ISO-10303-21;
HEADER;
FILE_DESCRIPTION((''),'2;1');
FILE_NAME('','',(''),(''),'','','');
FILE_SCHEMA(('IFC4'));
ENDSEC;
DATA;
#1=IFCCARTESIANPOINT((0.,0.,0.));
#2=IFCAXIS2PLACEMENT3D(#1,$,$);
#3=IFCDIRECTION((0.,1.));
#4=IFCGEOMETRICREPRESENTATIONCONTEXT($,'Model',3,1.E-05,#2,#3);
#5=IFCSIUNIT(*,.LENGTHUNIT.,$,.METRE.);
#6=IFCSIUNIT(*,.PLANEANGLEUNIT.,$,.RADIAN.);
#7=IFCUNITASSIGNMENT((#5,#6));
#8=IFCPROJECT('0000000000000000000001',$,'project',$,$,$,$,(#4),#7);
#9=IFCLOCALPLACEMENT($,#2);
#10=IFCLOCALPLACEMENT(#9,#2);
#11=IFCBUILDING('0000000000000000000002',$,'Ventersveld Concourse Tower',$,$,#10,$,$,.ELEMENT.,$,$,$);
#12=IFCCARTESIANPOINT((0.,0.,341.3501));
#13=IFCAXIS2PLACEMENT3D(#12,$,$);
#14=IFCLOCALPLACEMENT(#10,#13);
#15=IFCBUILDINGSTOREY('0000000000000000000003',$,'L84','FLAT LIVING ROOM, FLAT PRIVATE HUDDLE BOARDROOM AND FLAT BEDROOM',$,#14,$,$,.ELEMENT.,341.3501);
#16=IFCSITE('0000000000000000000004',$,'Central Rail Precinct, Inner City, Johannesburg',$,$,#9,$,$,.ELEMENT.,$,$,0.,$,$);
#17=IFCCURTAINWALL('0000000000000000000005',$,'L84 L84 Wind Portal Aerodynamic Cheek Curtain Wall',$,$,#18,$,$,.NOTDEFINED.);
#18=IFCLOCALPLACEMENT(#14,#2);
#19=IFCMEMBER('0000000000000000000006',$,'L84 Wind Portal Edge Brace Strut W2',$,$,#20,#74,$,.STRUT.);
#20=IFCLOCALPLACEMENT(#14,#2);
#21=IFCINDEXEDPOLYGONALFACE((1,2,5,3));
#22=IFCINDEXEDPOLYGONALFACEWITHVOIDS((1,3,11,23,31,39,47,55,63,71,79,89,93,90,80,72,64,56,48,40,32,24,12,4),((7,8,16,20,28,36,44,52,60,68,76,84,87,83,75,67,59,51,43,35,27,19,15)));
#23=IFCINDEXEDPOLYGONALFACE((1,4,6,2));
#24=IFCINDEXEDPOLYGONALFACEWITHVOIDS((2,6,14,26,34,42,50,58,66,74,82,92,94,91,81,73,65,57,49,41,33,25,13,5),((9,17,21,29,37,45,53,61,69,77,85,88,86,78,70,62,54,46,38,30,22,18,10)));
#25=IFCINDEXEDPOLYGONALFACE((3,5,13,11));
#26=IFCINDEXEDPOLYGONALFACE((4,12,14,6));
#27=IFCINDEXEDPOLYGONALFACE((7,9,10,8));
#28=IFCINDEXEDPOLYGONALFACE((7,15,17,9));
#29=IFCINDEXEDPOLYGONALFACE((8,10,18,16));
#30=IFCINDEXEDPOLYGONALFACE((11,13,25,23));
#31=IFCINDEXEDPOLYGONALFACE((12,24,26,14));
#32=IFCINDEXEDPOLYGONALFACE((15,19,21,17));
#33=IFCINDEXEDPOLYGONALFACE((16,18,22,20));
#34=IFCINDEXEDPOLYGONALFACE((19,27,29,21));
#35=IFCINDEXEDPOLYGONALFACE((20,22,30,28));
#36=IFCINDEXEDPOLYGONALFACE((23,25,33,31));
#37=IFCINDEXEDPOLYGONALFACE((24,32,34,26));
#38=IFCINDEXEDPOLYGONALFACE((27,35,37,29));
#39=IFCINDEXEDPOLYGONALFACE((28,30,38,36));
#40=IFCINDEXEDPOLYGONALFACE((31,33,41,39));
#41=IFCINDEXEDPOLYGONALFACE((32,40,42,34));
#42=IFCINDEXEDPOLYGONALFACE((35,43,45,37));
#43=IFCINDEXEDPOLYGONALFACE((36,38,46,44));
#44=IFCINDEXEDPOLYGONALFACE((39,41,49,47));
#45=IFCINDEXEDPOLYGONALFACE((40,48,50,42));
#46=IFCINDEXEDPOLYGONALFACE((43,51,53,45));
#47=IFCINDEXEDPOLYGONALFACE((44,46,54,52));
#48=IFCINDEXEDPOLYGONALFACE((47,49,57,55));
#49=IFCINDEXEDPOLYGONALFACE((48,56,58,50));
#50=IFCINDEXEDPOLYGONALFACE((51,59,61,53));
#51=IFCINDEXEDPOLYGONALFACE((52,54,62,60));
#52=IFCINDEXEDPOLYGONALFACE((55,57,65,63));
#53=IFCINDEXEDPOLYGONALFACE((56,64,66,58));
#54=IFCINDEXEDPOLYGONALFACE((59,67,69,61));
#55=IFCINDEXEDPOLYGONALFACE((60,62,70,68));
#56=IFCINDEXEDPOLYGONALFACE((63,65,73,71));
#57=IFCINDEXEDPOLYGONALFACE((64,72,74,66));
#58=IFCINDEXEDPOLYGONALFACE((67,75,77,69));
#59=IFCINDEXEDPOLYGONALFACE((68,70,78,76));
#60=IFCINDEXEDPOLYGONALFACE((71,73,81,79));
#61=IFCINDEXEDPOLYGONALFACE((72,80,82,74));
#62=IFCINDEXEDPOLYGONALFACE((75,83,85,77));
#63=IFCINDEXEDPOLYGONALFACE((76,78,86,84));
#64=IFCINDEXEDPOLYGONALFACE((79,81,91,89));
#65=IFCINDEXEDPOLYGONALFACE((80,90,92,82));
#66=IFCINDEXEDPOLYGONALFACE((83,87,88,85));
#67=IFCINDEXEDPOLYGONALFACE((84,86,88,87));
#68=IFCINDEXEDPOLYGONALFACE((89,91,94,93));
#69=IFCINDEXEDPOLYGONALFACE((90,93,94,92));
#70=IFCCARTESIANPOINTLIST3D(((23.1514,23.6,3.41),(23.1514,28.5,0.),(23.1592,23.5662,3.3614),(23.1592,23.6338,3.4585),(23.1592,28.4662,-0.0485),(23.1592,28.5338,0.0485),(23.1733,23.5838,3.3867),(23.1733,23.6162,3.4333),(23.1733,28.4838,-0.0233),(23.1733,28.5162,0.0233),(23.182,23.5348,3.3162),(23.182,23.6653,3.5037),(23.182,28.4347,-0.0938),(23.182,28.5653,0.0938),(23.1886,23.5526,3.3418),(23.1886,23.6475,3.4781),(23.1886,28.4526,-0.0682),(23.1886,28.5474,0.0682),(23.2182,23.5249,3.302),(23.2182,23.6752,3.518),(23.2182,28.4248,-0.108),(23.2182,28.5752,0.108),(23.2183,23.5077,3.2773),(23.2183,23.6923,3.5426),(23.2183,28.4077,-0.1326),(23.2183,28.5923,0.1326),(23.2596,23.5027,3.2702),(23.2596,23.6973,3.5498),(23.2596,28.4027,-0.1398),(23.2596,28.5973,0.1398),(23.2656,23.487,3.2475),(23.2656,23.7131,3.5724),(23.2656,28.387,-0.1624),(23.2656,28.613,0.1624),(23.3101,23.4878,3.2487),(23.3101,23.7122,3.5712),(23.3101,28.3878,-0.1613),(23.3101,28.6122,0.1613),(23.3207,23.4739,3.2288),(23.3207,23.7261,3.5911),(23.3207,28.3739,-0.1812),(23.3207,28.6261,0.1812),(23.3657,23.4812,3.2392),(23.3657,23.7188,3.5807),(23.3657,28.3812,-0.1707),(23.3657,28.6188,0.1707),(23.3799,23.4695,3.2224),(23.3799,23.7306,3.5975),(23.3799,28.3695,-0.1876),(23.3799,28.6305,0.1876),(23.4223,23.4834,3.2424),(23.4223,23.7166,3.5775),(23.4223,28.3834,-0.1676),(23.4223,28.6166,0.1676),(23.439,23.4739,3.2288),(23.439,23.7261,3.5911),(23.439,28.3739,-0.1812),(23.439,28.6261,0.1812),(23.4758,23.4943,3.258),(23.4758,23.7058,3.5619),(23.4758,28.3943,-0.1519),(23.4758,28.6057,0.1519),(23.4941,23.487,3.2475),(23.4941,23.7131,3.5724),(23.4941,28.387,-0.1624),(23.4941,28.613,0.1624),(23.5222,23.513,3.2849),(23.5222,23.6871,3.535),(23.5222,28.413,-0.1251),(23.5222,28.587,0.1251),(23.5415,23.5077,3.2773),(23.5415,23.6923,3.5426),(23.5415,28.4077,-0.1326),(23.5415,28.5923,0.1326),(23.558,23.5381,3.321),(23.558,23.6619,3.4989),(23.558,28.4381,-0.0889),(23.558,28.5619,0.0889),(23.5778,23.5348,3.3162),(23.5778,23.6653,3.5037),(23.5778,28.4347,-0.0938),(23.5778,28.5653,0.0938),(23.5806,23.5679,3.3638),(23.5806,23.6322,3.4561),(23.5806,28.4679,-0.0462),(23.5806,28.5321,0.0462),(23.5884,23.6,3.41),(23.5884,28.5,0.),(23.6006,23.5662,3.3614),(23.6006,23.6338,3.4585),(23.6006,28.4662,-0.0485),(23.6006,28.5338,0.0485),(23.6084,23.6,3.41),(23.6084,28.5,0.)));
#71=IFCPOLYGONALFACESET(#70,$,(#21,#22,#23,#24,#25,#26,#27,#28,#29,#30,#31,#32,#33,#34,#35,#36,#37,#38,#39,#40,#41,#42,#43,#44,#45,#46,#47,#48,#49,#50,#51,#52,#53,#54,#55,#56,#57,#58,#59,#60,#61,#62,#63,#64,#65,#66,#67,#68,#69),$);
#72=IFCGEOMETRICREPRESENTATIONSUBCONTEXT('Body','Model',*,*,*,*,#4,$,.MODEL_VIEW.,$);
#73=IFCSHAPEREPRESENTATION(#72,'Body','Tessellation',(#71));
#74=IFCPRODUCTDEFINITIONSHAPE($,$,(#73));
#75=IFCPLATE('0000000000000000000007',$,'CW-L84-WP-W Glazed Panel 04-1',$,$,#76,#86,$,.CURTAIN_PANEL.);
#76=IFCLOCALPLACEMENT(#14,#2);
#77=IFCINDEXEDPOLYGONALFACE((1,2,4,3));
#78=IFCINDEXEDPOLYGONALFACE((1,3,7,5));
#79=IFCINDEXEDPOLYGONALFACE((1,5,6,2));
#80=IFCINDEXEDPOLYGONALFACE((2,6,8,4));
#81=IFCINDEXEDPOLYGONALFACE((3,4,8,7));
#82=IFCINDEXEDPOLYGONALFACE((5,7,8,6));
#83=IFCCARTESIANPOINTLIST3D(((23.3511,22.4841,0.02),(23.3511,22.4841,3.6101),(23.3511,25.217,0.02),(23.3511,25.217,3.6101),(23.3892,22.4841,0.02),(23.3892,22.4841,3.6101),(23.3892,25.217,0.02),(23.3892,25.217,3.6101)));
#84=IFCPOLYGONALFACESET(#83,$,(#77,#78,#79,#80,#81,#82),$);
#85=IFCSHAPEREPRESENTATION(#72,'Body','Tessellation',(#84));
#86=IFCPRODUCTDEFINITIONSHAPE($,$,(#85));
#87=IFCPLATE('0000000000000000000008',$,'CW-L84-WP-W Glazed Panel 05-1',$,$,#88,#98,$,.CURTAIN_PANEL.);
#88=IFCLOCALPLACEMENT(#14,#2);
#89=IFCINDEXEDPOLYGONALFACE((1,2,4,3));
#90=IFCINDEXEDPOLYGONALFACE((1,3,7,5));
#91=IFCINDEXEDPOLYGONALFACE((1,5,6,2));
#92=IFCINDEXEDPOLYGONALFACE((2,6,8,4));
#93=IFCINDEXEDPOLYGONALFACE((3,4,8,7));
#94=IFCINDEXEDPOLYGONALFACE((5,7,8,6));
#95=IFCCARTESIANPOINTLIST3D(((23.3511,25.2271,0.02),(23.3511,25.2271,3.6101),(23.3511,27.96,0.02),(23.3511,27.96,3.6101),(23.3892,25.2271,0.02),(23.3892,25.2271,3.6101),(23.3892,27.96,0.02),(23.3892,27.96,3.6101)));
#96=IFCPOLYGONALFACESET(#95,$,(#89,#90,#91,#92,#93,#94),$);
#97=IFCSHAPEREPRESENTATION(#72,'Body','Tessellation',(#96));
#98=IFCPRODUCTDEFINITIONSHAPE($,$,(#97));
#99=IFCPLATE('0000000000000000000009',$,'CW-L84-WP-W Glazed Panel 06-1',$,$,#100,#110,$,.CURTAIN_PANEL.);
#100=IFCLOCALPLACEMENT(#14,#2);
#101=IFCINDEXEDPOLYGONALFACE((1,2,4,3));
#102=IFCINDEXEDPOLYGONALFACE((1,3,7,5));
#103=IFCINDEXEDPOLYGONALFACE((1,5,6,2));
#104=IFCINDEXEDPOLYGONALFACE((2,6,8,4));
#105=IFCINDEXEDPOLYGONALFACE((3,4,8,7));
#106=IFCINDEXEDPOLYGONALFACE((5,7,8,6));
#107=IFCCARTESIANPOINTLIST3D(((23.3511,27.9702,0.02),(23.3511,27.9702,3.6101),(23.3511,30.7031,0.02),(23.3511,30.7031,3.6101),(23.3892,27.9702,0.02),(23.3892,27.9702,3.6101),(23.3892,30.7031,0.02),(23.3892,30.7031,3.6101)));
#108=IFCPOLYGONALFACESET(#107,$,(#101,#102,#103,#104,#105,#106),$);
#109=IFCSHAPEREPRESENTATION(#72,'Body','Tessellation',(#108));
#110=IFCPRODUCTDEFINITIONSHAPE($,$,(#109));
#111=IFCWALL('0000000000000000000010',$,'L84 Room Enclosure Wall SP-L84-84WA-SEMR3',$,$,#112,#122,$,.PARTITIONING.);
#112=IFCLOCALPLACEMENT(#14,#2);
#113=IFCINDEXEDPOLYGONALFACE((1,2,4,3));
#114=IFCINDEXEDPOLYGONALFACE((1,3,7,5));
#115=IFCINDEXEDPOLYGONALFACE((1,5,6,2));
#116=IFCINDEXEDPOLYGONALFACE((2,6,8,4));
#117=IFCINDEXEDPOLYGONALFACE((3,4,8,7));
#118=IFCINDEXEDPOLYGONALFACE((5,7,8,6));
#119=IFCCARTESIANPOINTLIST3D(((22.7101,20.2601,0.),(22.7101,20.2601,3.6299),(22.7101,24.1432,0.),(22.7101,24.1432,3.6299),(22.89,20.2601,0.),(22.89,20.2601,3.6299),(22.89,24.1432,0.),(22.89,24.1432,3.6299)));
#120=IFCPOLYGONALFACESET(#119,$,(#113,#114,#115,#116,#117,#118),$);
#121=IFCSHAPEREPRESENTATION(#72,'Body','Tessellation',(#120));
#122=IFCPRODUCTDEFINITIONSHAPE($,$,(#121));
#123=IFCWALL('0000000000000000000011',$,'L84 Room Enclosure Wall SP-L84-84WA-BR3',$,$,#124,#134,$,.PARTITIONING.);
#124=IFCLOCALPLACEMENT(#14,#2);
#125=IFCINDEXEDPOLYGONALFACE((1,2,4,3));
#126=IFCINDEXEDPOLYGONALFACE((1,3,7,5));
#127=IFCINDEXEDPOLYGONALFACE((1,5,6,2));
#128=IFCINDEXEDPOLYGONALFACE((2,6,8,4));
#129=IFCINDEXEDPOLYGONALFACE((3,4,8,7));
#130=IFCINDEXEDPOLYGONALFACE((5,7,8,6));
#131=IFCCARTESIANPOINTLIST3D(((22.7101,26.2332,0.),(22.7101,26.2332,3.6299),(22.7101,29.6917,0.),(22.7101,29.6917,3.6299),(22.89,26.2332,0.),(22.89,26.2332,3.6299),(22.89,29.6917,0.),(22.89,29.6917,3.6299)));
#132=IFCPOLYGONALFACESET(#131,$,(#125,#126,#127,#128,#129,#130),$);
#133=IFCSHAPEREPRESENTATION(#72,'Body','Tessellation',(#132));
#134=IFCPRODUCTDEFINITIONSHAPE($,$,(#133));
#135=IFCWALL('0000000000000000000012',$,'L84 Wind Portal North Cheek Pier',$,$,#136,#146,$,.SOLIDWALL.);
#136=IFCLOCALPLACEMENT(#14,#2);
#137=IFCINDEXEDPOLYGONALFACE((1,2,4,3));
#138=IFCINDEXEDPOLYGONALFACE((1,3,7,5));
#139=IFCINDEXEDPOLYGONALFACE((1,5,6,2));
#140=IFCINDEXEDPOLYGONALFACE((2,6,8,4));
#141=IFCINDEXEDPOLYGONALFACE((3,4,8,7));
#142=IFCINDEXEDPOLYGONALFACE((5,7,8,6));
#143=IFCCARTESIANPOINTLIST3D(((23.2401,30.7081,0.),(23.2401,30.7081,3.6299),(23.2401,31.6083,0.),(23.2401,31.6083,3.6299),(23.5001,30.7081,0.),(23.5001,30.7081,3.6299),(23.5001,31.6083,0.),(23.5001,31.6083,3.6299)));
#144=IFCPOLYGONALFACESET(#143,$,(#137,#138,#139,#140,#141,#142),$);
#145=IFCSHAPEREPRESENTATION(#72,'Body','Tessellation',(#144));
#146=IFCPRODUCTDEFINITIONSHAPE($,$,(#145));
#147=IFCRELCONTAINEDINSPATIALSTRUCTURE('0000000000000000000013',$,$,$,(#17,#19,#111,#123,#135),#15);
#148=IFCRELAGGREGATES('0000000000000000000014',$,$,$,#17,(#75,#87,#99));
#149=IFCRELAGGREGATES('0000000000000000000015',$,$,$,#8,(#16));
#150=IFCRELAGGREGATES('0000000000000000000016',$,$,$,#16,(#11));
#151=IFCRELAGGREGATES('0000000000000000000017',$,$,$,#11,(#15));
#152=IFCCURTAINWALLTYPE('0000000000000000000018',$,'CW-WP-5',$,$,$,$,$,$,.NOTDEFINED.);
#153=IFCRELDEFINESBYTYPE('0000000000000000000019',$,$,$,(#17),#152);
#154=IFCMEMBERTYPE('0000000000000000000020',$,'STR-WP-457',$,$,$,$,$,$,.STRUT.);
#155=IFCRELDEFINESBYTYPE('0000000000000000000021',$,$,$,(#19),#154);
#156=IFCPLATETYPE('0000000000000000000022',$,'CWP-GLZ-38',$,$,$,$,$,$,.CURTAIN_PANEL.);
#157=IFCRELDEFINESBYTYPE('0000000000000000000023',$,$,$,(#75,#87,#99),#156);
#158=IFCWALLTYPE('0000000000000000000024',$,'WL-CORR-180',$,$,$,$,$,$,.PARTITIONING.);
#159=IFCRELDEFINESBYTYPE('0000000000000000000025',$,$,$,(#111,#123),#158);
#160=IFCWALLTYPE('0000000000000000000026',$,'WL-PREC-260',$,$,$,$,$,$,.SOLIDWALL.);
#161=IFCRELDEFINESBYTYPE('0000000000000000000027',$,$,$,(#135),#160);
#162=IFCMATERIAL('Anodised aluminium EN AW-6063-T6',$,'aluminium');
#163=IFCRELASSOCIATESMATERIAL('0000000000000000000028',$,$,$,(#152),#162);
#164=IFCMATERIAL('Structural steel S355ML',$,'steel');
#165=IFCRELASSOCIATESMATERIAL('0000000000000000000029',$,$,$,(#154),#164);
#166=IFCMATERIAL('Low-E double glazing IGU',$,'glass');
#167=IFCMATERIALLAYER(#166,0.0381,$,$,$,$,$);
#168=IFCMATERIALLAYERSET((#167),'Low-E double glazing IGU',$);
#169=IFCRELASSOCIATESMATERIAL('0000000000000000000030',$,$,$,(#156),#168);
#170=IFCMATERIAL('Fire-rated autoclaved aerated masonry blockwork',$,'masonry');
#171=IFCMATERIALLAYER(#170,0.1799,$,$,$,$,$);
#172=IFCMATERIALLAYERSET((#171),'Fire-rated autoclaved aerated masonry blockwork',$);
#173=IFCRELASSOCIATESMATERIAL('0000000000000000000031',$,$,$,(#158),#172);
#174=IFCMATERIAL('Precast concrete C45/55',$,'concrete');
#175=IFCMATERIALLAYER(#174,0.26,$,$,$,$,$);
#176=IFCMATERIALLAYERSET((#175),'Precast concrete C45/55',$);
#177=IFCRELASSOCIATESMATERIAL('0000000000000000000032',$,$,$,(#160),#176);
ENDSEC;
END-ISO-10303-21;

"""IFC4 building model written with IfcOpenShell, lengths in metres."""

from ifc_helpers import new_model, si_unit, direction, frame, frame_2d, origin, origin_2d, place, context, subcontext, project, spatial, rectangle, hollow_circle, extrude, material, layer, layer_set, material_profile, profile_set, type_object, element, aggregate, save


model = new_model("IFC4")

# Units and contexts
model_context = context("Model", 3, precision=1e-05, world=origin(), true_north=direction((0.0, 1.0)))
body_context = subcontext(model_context, "Body", "Model", "MODEL_VIEW")
ifc_project = project(units=[si_unit("LENGTHUNIT", "METRE"), si_unit("PLANEANGLEUNIT", "RADIAN")], contexts=[model_context])

# Site, building, storey
site_placement = place(None, origin())
site = spatial("IfcSite", under=ifc_project, at=site_placement, Name="Central Rail Precinct, Inner City, Johannesburg", CompositionType="ELEMENT", RefElevation=0.0)
building_placement = place(site_placement, origin())
building = spatial("IfcBuilding", under=site, at=building_placement, Name="Ventersveld Concourse Tower", CompositionType="ELEMENT")
storey_placement = place(building_placement, frame((0.0, 0.0, 341.3501)))
storey = spatial("IfcBuildingStorey", under=building, at=storey_placement, Name="L84", Description="FLAT LIVING ROOM, FLAT PRIVATE HUDDLE BOARDROOM AND FLAT BEDROOM", CompositionType="ELEMENT", Elevation=341.3501)

# Curtain wall
ifc_material_1 = material(Name="Anodised aluminium EN AW-6063-T6", Category="aluminium")
curtain_wall_type = type_object("IfcCurtainWallType", Name="CW-WP-5", PredefinedType="NOTDEFINED", material=ifc_material_1)
curtain_wall_placement = place(storey_placement, origin())
curtain_wall = element("IfcCurtainWall", 1, at=curtain_wall_placement, inside=storey, type_object=curtain_wall_type, Name="L84 L84 Wind Portal Aerodynamic Cheek Curtain Wall", PredefinedType="NOTDEFINED")

# Member
ifc_material_2 = material(Name="Structural steel S355ML", Category="steel")
ifc_material_profile_1 = material_profile(ifc_material_2, hollow_circle(Radius=0.2285, WallThickness=0.02, at=origin_2d()), Name="CHS 457x20")
ifc_profile_set_1 = profile_set([ifc_material_profile_1], Name="Structural steel S355ML")
member_type_1 = type_object("IfcMemberType", Name="STR-WP-457", PredefinedType="STRUT", material=ifc_profile_set_1)
member_1_placement = place(storey_placement, frame((23.3799, 28.5, 0.0), z_axis=(0.0, -0.820804, 0.571209), x_axis=(1.0, 0.0, 0.0)))
element("IfcMember", 2, at=member_1_placement, inside=storey, type_object=member_type_1, Name="L84 Wind Portal Edge Brace Strut W2", PredefinedType="STRUT", context=body_context, shape_type="SweptSolid", body=[
    extrude(hollow_circle(Radius=0.2285, WallThickness=0.02, at=origin_2d()), origin(), (0.0, 0.0, 1.0), 5.9697),
])

# Plates
ifc_material_3 = material(Name="Low-E double glazing IGU", Category="glass")
ifc_layer_1 = layer(ifc_material_3, 0.0381)
ifc_layer_set_1 = layer_set([ifc_layer_1], Name="Low-E double glazing IGU")
plate_type = type_object("IfcPlateType", Name="CWP-GLZ-38", PredefinedType="CURTAIN_PANEL", material=ifc_layer_set_1)
plate_1_placement = place(storey_placement, frame((23.3701, 23.8506, 0.02), z_axis=(0.0, 0.0, 1.0), x_axis=(0.0, 1.0, 0.0)))
plate_1 = element("IfcPlate", 3, at=plate_1_placement, type_object=plate_type, Name="CW-L84-WP-W Glazed Panel 04-1", PredefinedType="CURTAIN_PANEL", context=body_context, shape_type="SweptSolid", body=[
    extrude(rectangle(XDim=2.7329, YDim=0.0381, at=origin_2d()), origin(), (0.0, 0.0, 1.0), 3.5901),
])
plate_2_placement = place(storey_placement, frame((23.3701, 26.5935, 0.02), z_axis=(0.0, 0.0, 1.0), x_axis=(0.0, 1.0, 0.0)))
plate_2 = element("IfcPlate", 4, at=plate_2_placement, type_object=plate_type, Name="CW-L84-WP-W Glazed Panel 05-1", PredefinedType="CURTAIN_PANEL", context=body_context, shape_type="SweptSolid", body=[
    extrude(rectangle(XDim=2.7329, YDim=0.0381, at=origin_2d()), origin(), (0.0, 0.0, 1.0), 3.5901),
])
plate_3_placement = place(storey_placement, frame((23.3701, 29.3367, 0.02), z_axis=(0.0, 0.0, 1.0), x_axis=(0.0, 1.0, 0.0)))
plate_3 = element("IfcPlate", 5, at=plate_3_placement, type_object=plate_type, Name="CW-L84-WP-W Glazed Panel 06-1", PredefinedType="CURTAIN_PANEL", context=body_context, shape_type="SweptSolid", body=[
    extrude(rectangle(XDim=2.7329, YDim=0.0381, at=origin_2d()), origin(), (0.0, 0.0, 1.0), 3.5901),
])
aggregate(curtain_wall, [plate_1, plate_2, plate_3])

# Walls
ifc_material_4 = material(Name="Fire-rated autoclaved aerated masonry blockwork", Category="masonry")
ifc_layer_2 = layer(ifc_material_4, 0.1799)
ifc_layer_set_2 = layer_set([ifc_layer_2], Name="Fire-rated autoclaved aerated masonry blockwork")
wall_type_1 = type_object("IfcWallType", Name="WL-CORR-180", PredefinedType="PARTITIONING", material=ifc_layer_set_2)
wall_1_placement = place(storey_placement, frame((22.8, 24.1431, 0.0), z_axis=(0.0, 0.0, 1.0), x_axis=(0.0, -1.0, 0.0)))
element("IfcWall", 6, at=wall_1_placement, inside=storey, type_object=wall_type_1, Name="L84 Room Enclosure Wall SP-L84-84WA-SEMR3", PredefinedType="PARTITIONING", context=body_context, shape_type="SweptSolid", body=[
    extrude(rectangle(XDim=3.8831, YDim=0.1799, at=frame_2d((1.9414, 0.0))), origin(), (0.0, 0.0, 1.0), 3.6299),
])
wall_2_placement = place(storey_placement, frame((22.8, 29.6917, 0.0), z_axis=(0.0, 0.0, 1.0), x_axis=(0.0, -1.0, 0.0)))
element("IfcWall", 7, at=wall_2_placement, inside=storey, type_object=wall_type_1, Name="L84 Room Enclosure Wall SP-L84-84WA-BR3", PredefinedType="PARTITIONING", context=body_context, shape_type="SweptSolid", body=[
    extrude(rectangle(XDim=3.4585, YDim=0.1799, at=frame_2d((1.7292, 0.0))), origin(), (0.0, 0.0, 1.0), 3.6299),
])
ifc_material_5 = material(Name="Precast concrete C45/55", Category="concrete")
ifc_layer_3 = layer(ifc_material_5, 0.26)
ifc_layer_set_3 = layer_set([ifc_layer_3], Name="Precast concrete C45/55")
wall_type_2 = type_object("IfcWallType", Name="WL-PREC-260", PredefinedType="SOLIDWALL", material=ifc_layer_set_3)
wall_3_placement = place(storey_placement, frame((23.3701, 30.708, 0.0), z_axis=(0.0, 0.0, 1.0), x_axis=(0.0, 1.0, 0.0)))
element("IfcWall", 8, at=wall_3_placement, inside=storey, type_object=wall_type_2, Name="L84 Wind Portal North Cheek Pier", PredefinedType="SOLIDWALL", context=body_context, shape_type="SweptSolid", body=[
    extrude(rectangle(XDim=0.9001, YDim=0.26, at=frame_2d((0.4502, 0.0))), origin(), (0.0, 0.0, 1.0), 3.6299),
])

save(model, "model.ifc")
